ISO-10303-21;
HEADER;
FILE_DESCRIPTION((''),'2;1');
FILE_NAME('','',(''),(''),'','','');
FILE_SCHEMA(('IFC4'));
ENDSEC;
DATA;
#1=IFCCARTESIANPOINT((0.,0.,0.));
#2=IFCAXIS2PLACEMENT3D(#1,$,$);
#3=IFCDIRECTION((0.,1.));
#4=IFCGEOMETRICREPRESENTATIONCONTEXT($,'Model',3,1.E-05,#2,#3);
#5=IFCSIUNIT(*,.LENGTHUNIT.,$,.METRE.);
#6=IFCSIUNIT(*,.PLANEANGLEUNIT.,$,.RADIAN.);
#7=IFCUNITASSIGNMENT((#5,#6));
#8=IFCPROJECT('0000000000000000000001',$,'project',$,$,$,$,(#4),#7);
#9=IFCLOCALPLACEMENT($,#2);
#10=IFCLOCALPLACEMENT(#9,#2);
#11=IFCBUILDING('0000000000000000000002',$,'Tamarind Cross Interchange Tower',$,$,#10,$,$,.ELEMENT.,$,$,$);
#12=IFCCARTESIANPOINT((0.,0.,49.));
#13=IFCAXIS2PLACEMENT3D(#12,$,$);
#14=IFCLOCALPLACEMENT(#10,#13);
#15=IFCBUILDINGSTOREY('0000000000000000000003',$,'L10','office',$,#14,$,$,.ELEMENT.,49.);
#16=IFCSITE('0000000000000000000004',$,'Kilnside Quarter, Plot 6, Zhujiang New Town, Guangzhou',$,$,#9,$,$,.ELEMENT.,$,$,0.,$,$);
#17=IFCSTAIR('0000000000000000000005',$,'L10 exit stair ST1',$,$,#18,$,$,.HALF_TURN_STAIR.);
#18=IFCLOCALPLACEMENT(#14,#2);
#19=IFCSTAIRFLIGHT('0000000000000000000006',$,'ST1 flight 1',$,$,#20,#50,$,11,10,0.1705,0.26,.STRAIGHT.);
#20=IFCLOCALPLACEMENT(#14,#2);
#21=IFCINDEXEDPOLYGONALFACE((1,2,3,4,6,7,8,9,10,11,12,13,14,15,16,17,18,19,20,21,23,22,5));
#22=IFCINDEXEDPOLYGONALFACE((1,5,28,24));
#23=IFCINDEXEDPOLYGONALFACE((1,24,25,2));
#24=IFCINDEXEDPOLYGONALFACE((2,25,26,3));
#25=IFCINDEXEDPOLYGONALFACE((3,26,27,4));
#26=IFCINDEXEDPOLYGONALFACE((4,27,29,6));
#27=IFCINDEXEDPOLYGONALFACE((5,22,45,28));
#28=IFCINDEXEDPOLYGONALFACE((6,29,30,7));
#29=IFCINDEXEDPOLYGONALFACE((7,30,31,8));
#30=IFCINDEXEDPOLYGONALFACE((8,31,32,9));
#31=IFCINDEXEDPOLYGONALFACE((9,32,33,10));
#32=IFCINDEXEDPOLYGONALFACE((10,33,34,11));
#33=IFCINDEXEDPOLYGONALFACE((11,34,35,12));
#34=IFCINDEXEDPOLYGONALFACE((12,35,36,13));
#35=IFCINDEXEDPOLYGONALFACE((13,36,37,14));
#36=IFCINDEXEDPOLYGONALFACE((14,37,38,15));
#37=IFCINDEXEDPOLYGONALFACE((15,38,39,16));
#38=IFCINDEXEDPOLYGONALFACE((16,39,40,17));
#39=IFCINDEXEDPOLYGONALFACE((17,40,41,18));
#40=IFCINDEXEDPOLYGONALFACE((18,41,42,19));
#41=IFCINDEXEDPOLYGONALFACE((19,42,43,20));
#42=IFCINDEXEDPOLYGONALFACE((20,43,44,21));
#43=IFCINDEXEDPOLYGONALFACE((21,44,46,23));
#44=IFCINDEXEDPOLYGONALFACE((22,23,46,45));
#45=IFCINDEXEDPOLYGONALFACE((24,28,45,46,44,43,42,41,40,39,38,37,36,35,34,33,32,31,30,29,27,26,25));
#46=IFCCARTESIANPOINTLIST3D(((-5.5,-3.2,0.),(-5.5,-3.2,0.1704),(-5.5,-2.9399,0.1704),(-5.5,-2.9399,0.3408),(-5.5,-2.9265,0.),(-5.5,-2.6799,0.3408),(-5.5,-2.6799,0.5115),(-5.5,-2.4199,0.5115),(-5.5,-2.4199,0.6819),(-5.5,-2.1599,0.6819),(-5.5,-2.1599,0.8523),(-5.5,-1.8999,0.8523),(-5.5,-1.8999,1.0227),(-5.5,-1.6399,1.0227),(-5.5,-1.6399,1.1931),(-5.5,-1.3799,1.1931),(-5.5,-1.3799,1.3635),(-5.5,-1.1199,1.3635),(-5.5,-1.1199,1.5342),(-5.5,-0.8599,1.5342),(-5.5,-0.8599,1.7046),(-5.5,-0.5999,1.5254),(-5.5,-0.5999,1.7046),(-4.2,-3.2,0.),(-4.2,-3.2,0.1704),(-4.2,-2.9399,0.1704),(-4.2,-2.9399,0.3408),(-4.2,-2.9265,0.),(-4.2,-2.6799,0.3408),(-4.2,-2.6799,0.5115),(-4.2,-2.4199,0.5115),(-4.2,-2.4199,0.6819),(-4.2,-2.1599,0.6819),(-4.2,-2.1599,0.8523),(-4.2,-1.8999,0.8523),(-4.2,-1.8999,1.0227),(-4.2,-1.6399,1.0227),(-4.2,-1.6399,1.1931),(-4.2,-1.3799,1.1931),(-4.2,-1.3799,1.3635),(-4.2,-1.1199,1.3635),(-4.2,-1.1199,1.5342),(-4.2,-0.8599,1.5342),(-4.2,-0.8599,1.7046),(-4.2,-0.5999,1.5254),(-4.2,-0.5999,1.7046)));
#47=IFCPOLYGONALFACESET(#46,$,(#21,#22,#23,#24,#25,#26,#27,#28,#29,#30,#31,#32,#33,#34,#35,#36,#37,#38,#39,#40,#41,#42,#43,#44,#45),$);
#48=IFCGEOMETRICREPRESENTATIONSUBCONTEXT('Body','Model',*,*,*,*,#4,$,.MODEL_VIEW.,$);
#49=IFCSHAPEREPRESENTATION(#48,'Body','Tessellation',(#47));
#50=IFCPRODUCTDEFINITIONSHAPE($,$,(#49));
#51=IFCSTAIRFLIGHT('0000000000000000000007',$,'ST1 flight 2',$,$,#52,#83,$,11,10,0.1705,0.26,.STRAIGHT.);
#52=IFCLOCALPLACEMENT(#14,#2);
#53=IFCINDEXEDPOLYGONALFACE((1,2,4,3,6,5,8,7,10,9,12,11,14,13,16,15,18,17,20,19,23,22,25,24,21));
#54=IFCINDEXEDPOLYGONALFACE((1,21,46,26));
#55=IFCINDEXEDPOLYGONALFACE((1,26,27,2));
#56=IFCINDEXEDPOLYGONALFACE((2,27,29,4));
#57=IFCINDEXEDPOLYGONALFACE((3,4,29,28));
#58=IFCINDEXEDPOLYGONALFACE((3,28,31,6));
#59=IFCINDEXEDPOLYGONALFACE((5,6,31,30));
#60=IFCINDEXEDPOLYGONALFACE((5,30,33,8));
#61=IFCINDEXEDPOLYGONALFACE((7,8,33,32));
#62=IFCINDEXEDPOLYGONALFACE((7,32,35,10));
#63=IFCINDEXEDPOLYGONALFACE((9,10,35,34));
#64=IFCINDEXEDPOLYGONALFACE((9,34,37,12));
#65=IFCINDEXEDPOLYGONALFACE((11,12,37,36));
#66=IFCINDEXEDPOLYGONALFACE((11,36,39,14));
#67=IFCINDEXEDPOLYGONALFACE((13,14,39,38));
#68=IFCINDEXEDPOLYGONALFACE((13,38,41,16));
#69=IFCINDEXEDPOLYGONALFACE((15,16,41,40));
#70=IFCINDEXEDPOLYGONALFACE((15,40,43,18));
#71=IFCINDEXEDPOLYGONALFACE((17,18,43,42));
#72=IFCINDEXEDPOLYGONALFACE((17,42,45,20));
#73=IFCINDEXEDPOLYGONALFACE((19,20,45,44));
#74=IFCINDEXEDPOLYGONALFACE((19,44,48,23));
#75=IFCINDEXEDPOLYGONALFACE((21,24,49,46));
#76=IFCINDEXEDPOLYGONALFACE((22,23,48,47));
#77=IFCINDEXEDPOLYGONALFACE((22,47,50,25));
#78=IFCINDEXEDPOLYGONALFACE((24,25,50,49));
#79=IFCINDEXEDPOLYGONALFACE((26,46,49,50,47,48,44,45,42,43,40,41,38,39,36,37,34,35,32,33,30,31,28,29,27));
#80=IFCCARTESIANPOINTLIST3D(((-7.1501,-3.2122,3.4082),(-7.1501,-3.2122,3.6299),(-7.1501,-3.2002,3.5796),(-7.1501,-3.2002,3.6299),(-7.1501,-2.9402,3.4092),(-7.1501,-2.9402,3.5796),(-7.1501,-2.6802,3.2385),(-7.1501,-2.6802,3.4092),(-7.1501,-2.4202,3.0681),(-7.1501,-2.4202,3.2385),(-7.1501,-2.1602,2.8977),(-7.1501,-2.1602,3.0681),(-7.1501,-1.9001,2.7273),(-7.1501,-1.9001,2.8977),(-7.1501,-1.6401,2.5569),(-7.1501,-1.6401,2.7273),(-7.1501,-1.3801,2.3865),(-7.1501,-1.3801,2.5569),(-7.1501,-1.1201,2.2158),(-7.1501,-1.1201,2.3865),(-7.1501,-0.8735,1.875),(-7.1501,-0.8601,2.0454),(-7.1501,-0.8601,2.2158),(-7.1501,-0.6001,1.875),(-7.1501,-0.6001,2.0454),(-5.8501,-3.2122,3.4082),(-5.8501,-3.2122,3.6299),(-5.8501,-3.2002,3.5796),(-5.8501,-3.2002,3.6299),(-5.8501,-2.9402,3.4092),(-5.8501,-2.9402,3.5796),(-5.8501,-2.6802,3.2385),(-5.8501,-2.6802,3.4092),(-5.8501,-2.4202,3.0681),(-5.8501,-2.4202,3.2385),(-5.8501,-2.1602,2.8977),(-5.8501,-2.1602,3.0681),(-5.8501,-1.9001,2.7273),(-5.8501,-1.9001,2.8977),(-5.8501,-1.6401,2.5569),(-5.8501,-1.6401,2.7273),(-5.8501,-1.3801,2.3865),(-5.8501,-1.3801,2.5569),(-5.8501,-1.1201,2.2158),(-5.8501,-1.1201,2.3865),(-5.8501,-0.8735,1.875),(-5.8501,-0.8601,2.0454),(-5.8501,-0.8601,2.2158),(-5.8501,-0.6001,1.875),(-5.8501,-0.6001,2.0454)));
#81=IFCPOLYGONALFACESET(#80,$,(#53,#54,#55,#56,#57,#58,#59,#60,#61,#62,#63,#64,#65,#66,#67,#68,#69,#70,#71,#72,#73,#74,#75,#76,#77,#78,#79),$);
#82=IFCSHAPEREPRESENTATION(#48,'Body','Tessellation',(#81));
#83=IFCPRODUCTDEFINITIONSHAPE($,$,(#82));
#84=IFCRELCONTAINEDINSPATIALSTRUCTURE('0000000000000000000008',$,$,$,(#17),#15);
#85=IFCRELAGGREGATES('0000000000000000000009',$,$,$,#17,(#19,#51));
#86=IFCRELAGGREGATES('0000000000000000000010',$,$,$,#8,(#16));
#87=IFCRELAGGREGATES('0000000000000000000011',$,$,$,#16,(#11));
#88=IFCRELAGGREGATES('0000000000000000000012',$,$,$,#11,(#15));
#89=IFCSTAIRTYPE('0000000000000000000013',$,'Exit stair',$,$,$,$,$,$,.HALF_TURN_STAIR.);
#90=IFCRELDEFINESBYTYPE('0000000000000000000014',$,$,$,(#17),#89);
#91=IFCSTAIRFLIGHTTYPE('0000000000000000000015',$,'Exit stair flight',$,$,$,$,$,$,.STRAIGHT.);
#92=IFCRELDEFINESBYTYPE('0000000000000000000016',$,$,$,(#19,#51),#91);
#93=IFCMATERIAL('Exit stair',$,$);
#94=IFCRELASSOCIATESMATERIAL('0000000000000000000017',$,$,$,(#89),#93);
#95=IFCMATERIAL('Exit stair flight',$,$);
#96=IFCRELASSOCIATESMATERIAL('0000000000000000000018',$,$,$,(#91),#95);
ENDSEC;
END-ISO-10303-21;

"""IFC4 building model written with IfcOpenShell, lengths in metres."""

from ifc_helpers import new_model, si_unit, direction, frame, origin, place, context, subcontext, project, spatial, polyline, outline, extrude, material, type_object, element, aggregate, save


model = new_model("IFC4")

# Units and contexts
model_context = context("Model", 3, precision=1e-05, world=origin(), true_north=direction((0.0, 1.0)))
body_context = subcontext(model_context, "Body", "Model", "MODEL_VIEW")
ifc_project = project(units=[si_unit("LENGTHUNIT", "METRE"), si_unit("PLANEANGLEUNIT", "RADIAN")], contexts=[model_context])

# Site, building, storey
site_placement = place(None, origin())
site = spatial("IfcSite", under=ifc_project, at=site_placement, Name="Kilnside Quarter, Plot 6, Zhujiang New Town, Guangzhou", CompositionType="ELEMENT", RefElevation=0.0)
building_placement = place(site_placement, origin())
building = spatial("IfcBuilding", under=site, at=building_placement, Name="Tamarind Cross Interchange Tower", CompositionType="ELEMENT")
storey_placement = place(building_placement, frame((0.0, 0.0, 49.0)))
storey = spatial("IfcBuildingStorey", under=building, at=storey_placement, Name="L10", Description="office", CompositionType="ELEMENT", Elevation=49.0)

# Stair, stair flights
ifc_material_1 = material(Name="Exit stair")
stair_type = type_object("IfcStairType", Name="Exit stair", PredefinedType="HALF_TURN_STAIR", material=ifc_material_1)
stair_placement = place(storey_placement, origin())
stair = element("IfcStair", 1, at=stair_placement, inside=storey, type_object=stair_type, Name="L10 exit stair ST1", PredefinedType="HALF_TURN_STAIR")
ifc_material_2 = material(Name="Exit stair flight")
stair_flight_type = type_object("IfcStairFlightType", Name="Exit stair flight", PredefinedType="STRAIGHT", material=ifc_material_2)
stair_flight_1_placement = place(storey_placement, frame((-4.8501, -3.2, 0.0), z_axis=(0.0, 0.0, 1.0), x_axis=(0.0, 1.0, 0.0)))
stair_flight_1 = element("IfcStairFlight", 2, at=stair_flight_1_placement, type_object=stair_flight_type, Name="ST1 flight 1", NumberOfRisers=11, NumberOfTreads=10, PredefinedType="STRAIGHT", RiserHeight=0.1705, TreadLength=0.26, context=body_context, shape_type="SweptSolid", body=[
    extrude(outline(polyline([(0.0, 0.0), (0.0, 0.1704), (0.26, 0.1704), (0.26, 0.3408), (0.52, 0.3408), (0.52, 0.5115), (0.78, 0.5115), (0.78, 0.6819), (1.04, 0.6819), (1.04, 0.8523), (1.3, 0.8523), (1.3, 1.0227), (1.5601, 1.0227), (1.5601, 1.1931), (1.8201, 1.1931), (1.8201, 1.3635), (2.0801, 1.3635), (2.0801, 1.5342), (2.3401, 1.5342), (2.3401, 1.7046), (2.6001, 1.7046), (2.6001, 1.875), (2.6001, 1.5254), (0.2734, 0.0), (0.0, 0.0)])), frame((0.0, 0.6499, 0.0), z_axis=(0.0, -1.0, 0.0), x_axis=(1.0, 0.0, 0.0)), (0.0, 0.0, 1.0), 1.3),
])
stair_flight_2_placement = place(storey_placement, frame((-6.5, -0.6001, 1.875), z_axis=(0.0, 0.0, 1.0), x_axis=(0.0, -1.0, 0.0)))
stair_flight_2 = element("IfcStairFlight", 3, at=stair_flight_2_placement, type_object=stair_flight_type, Name="ST1 flight 2", NumberOfRisers=11, NumberOfTreads=10, PredefinedType="STRAIGHT", RiserHeight=0.1705, TreadLength=0.26, context=body_context, shape_type="SweptSolid", body=[
    extrude(outline(polyline([(0.0, 0.0), (0.0, 0.1704), (0.26, 0.1704), (0.26, 0.3408), (0.52, 0.3408), (0.52, 0.5115), (0.78, 0.5115), (0.78, 0.6819), (1.04, 0.6819), (1.04, 0.8523), (1.3, 0.8523), (1.3, 1.0227), (1.5601, 1.0227), (1.5601, 1.1931), (1.8201, 1.1931), (1.8201, 1.3635), (2.0801, 1.3635), (2.0801, 1.5342), (2.3401, 1.5342), (2.3401, 1.7046), (2.6001, 1.7046), (2.6001, 1.7549), (2.6121, 1.7549), (2.6121, 1.5332), (0.2734, 0.0), (0.0, 0.0)])), frame((0.0, 0.6499, 0.0), z_axis=(0.0, -1.0, 0.0), x_axis=(1.0, 0.0, 0.0)), (0.0, 0.0, 1.0), 1.3),
])
aggregate(stair, [stair_flight_1, stair_flight_2])

save(model, "model.ifc")
